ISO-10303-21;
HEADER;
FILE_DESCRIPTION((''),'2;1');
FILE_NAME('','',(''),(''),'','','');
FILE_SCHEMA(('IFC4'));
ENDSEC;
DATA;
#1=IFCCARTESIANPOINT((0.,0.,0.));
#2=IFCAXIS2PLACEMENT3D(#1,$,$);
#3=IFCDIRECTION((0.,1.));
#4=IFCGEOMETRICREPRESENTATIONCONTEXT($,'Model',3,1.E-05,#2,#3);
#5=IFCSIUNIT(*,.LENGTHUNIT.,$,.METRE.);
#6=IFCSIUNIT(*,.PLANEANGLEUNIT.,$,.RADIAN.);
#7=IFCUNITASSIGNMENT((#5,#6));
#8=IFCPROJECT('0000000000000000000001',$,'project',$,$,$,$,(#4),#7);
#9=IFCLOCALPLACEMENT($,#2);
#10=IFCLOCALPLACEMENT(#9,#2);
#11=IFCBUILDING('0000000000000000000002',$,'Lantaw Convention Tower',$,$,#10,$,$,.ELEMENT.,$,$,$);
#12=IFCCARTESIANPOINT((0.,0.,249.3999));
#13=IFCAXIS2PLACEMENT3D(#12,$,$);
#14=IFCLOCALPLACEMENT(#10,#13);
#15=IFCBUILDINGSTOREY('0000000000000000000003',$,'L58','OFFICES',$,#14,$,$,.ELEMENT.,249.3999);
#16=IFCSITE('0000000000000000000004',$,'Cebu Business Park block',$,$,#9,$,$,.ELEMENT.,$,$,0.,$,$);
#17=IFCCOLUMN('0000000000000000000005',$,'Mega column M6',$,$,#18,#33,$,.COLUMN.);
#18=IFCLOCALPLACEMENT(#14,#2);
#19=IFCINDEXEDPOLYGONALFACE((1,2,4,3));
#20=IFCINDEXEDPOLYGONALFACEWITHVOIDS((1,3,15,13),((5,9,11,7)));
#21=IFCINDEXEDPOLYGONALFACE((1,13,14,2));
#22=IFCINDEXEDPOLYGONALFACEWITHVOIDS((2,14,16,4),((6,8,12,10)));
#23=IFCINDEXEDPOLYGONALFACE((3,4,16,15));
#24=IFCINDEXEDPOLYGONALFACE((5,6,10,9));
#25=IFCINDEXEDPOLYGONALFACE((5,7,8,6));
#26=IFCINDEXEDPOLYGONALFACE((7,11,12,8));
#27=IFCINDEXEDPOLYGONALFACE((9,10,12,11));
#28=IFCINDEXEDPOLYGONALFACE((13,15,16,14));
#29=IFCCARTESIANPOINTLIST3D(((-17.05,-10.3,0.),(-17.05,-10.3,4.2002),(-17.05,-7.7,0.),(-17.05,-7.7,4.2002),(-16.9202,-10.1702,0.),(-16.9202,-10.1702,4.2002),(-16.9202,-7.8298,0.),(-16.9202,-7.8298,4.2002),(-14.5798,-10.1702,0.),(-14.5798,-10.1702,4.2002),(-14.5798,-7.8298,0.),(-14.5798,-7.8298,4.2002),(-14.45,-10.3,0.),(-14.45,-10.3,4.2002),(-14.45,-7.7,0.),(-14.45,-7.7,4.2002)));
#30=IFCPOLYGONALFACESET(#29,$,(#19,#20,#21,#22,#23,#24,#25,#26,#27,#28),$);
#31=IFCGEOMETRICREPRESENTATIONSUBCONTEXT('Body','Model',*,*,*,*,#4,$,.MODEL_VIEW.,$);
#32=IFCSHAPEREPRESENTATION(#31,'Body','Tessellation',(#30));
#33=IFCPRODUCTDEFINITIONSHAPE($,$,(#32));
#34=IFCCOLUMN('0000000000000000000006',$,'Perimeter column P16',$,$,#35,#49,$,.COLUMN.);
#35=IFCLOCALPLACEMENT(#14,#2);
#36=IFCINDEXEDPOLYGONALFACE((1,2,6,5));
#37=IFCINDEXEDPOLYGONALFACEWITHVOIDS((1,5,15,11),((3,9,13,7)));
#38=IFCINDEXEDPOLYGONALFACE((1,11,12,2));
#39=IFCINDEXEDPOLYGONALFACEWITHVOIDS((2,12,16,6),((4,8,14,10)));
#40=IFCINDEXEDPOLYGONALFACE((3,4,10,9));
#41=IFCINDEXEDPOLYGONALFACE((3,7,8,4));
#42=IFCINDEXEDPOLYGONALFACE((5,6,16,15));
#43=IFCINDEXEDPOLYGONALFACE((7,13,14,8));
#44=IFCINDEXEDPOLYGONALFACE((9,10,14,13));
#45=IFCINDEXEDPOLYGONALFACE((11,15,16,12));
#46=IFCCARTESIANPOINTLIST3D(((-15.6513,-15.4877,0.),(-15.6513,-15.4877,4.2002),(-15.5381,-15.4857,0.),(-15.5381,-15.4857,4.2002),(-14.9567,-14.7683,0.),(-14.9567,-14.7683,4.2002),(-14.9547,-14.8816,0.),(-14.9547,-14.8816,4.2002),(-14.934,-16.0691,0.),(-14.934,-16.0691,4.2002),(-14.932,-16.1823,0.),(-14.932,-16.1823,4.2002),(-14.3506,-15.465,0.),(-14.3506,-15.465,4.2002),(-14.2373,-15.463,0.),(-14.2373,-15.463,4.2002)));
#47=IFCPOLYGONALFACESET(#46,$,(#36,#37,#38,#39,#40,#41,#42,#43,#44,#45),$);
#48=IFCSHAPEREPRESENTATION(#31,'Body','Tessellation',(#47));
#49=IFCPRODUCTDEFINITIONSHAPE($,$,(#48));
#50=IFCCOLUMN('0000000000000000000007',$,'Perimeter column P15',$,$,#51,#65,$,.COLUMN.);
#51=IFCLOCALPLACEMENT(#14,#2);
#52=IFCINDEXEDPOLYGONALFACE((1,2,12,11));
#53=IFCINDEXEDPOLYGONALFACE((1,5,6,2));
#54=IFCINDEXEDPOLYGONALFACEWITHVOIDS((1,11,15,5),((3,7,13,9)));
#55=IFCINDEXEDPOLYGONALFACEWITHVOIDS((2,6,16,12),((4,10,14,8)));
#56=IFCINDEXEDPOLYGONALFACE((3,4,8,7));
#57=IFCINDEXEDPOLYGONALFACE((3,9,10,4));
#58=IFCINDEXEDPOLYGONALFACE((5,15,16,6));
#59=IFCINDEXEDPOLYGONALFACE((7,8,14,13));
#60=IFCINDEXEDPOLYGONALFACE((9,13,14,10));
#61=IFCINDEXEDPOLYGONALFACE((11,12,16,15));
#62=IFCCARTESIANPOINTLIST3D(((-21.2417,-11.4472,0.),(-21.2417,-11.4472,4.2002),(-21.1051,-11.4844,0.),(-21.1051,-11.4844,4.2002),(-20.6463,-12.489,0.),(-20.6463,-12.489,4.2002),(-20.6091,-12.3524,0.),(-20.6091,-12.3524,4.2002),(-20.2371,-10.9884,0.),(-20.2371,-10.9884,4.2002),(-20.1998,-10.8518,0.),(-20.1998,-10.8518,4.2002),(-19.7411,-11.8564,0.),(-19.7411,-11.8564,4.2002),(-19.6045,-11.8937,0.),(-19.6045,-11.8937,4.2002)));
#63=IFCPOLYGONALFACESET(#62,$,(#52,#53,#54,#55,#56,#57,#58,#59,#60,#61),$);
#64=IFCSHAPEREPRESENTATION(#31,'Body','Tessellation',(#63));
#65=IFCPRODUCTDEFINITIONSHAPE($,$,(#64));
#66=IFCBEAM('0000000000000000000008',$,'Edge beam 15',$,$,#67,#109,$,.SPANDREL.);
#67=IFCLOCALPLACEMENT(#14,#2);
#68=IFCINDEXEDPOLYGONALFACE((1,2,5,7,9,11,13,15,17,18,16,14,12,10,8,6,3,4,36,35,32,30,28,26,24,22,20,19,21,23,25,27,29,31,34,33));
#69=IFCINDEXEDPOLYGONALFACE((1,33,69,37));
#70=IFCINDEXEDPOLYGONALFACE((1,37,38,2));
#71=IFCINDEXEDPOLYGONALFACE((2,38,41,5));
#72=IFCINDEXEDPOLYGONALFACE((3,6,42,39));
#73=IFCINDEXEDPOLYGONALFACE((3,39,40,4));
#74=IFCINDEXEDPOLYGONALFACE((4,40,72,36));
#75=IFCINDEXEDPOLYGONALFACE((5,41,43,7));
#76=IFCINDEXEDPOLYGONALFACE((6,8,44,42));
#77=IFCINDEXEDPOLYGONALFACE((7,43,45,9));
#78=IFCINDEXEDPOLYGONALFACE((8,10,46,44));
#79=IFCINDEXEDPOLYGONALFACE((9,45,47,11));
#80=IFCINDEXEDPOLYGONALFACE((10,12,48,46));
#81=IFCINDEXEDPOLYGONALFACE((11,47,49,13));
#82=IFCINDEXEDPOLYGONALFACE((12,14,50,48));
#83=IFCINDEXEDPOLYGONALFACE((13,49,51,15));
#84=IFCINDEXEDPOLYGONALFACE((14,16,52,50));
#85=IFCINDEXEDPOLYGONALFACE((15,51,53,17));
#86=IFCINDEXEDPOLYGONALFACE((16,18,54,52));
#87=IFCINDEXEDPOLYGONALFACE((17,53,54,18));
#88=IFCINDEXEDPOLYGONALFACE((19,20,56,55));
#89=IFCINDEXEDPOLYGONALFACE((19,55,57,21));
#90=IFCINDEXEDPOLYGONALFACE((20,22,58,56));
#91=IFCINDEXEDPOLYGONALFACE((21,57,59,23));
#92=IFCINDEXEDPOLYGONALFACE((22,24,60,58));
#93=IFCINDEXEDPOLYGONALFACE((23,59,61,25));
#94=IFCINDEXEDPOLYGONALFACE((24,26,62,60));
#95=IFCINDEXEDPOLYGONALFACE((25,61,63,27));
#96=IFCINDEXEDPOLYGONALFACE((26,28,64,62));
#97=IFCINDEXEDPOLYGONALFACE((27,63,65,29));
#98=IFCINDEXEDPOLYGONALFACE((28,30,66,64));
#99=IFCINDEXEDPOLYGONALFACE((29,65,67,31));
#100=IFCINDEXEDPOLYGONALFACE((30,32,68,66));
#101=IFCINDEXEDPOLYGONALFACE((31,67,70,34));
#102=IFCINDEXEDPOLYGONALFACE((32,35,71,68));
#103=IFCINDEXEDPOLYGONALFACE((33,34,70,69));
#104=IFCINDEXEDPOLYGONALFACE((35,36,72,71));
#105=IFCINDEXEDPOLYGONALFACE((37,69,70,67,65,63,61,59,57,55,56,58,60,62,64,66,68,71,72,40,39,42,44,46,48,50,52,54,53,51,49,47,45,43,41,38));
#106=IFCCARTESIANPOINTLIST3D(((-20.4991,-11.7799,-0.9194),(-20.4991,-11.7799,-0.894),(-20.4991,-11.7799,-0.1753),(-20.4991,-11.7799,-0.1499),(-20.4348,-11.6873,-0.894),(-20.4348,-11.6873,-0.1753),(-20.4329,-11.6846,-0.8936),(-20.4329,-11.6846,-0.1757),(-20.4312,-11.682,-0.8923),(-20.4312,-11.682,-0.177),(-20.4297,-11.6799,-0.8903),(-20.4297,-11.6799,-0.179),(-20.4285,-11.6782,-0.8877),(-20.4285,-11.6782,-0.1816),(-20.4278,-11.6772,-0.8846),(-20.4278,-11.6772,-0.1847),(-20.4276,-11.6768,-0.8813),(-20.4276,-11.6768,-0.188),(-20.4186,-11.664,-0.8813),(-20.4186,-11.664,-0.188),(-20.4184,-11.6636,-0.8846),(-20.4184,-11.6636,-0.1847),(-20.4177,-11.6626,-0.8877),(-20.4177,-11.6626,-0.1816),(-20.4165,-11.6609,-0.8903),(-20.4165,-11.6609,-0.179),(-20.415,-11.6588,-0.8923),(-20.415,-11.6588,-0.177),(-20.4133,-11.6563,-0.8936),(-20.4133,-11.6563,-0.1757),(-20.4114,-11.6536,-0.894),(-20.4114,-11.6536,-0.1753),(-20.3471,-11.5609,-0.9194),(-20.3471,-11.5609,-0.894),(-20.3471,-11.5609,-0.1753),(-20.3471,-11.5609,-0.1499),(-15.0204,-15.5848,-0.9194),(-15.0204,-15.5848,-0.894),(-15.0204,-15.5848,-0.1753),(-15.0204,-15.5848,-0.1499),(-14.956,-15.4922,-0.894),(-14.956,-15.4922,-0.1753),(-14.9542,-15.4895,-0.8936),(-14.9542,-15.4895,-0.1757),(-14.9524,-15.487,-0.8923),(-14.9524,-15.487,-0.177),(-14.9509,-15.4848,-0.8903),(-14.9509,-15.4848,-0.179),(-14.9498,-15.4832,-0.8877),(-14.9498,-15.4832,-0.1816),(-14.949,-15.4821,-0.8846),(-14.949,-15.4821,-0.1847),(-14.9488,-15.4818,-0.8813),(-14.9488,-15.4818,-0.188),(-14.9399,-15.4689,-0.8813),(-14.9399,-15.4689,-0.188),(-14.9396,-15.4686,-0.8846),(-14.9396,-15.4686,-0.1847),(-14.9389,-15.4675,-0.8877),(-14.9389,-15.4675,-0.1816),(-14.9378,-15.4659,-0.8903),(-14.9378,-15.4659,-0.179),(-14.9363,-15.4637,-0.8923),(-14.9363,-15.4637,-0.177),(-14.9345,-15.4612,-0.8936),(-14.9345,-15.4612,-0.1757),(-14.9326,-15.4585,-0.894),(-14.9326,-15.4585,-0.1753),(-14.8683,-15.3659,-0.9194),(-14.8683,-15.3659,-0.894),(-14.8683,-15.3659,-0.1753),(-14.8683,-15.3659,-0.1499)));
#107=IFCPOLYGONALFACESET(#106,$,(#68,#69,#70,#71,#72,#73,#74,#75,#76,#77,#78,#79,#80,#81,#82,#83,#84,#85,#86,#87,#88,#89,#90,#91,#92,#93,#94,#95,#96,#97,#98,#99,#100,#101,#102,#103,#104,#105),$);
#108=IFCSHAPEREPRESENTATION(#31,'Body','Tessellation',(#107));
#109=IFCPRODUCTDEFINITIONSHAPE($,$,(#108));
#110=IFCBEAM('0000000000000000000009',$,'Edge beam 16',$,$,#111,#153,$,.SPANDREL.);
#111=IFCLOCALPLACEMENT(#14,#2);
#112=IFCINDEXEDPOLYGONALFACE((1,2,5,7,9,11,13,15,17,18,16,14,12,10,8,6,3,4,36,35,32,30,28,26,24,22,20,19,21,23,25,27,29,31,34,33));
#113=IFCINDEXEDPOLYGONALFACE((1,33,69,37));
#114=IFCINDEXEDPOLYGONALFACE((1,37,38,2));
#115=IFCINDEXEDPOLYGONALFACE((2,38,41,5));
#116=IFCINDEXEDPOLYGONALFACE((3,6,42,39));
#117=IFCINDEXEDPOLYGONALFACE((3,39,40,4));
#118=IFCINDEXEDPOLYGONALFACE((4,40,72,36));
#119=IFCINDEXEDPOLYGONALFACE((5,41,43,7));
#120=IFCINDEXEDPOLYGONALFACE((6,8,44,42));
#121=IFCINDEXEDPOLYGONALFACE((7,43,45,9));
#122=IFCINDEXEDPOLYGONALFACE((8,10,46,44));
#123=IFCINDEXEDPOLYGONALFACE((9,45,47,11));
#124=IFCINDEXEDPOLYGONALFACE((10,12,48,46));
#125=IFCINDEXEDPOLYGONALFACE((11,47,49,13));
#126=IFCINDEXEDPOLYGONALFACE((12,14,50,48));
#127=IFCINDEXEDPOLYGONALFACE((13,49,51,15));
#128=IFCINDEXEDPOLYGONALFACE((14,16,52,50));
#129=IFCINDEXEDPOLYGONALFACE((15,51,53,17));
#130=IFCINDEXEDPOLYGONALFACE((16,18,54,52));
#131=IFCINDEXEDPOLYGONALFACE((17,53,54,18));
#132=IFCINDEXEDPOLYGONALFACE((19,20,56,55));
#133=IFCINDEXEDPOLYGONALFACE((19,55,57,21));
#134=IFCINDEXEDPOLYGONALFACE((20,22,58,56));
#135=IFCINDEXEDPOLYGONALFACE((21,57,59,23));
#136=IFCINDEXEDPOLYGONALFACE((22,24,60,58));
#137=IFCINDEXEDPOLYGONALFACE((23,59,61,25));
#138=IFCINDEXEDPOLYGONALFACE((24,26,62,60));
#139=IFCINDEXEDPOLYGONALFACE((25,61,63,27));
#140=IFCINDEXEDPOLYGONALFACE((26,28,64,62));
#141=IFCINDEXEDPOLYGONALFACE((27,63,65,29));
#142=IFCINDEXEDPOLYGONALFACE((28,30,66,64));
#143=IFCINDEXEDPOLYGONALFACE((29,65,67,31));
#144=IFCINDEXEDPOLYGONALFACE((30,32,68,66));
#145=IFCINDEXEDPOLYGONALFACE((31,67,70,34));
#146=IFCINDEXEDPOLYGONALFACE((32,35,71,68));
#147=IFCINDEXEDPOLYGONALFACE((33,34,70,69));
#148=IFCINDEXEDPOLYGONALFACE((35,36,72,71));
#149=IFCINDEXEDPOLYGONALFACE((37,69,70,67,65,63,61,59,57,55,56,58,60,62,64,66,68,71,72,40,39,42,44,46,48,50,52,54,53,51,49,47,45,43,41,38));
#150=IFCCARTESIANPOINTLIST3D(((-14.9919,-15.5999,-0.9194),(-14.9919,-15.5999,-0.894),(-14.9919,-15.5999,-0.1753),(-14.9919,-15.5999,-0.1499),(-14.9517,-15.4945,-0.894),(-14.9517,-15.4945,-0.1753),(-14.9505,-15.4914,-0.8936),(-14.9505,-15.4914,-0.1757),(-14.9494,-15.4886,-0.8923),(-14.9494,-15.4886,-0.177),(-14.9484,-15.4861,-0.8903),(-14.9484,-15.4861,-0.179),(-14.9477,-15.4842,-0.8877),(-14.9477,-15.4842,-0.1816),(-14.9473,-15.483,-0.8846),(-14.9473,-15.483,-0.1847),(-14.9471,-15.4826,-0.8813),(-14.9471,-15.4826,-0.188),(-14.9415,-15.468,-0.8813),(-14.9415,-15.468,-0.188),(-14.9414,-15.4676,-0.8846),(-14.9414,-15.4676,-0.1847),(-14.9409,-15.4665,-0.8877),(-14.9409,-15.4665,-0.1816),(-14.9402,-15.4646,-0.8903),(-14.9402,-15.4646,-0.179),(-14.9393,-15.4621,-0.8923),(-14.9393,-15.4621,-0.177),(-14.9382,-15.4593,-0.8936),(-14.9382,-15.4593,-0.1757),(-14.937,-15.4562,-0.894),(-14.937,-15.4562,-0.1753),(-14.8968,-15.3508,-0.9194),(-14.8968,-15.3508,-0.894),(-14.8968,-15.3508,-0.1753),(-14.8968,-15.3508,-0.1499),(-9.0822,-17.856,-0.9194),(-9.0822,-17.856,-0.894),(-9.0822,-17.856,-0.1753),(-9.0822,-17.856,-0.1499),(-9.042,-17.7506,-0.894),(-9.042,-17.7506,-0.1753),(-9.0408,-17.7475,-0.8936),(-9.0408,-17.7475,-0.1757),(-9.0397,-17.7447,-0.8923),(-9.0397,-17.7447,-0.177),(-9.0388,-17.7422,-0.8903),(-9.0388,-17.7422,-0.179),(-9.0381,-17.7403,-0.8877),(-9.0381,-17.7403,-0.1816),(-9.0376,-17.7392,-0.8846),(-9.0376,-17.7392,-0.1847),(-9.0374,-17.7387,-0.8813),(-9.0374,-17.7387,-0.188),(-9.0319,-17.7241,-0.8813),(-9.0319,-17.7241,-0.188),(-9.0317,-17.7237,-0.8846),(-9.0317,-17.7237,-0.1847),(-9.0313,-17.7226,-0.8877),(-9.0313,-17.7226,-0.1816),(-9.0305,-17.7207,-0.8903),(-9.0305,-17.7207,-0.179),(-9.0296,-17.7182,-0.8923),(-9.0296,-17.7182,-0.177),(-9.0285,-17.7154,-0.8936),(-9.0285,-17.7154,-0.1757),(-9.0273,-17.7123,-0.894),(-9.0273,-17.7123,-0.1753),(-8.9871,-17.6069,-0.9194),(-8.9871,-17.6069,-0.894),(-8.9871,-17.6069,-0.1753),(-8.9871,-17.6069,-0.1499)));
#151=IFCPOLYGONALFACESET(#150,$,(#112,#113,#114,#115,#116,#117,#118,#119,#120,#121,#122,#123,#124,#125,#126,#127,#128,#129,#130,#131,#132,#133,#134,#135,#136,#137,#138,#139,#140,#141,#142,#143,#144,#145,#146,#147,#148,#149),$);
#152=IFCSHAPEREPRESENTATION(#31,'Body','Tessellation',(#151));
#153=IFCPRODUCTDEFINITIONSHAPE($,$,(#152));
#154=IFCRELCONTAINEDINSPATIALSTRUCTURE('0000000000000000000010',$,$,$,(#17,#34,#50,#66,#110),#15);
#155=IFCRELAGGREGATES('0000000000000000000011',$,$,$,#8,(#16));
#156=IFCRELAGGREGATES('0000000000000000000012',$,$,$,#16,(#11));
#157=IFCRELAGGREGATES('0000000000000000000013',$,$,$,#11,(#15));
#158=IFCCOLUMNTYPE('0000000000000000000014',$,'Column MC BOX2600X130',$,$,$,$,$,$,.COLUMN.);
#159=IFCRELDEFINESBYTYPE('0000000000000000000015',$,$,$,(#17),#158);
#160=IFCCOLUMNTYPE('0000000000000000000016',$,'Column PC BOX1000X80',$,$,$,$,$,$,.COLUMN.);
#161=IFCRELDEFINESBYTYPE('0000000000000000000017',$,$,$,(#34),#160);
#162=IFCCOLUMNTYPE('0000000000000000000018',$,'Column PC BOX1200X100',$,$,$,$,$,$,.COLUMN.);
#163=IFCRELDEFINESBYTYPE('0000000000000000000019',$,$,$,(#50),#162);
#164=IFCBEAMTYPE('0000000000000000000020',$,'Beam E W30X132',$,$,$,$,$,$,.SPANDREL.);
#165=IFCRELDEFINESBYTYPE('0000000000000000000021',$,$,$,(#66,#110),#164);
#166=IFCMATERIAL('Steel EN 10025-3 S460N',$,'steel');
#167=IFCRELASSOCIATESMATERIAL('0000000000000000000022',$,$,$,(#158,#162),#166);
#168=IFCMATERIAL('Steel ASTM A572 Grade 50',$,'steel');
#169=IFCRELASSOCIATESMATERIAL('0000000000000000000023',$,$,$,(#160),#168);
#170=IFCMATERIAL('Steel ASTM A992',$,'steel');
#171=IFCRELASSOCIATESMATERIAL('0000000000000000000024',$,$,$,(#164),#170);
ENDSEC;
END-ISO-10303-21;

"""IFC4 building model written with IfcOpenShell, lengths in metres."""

from ifc_helpers import new_model, si_unit, direction, frame, origin, origin_2d, place, context, subcontext, project, spatial, rectangle, hollow_rectangle, i_section, extrude, material, material_profile, profile_set, type_object, element, save


model = new_model("IFC4")

# Units and contexts
model_context = context("Model", 3, precision=1e-05, world=origin(), true_north=direction((0.0, 1.0)))
body_context = subcontext(model_context, "Body", "Model", "MODEL_VIEW")
ifc_project = project(units=[si_unit("LENGTHUNIT", "METRE"), si_unit("PLANEANGLEUNIT", "RADIAN")], contexts=[model_context])

# Site, building, storey
site_placement = place(None, origin())
site = spatial("IfcSite", under=ifc_project, at=site_placement, Name="Cebu Business Park block", CompositionType="ELEMENT", RefElevation=0.0)
building_placement = place(site_placement, origin())
building = spatial("IfcBuilding", under=site, at=building_placement, Name="Lantaw Convention Tower", CompositionType="ELEMENT")
storey_placement = place(building_placement, frame((0.0, 0.0, 249.3999)))
storey = spatial("IfcBuildingStorey", under=building, at=storey_placement, Name="L58", Description="OFFICES", CompositionType="ELEMENT", Elevation=249.3999)

# Columns
ifc_material_1 = material(Name="Steel EN 10025-3 S460N", Category="steel")
ifc_material_profile_1 = material_profile(ifc_material_1, hollow_rectangle(XDim=2.6001, YDim=2.6001, WallThickness=0.1299, at=origin_2d()), Name="BOX2600X130")
ifc_material_2 = material(Name="Concrete C60/75", Category="concrete")
ifc_material_profile_2 = material_profile(ifc_material_2, rectangle(XDim=2.3401, YDim=2.3401, at=origin_2d()), Name="Concrete fill of BOX2600X130")
ifc_profile_set_1 = profile_set([ifc_material_profile_1, ifc_material_profile_2], Name="Steel EN 10025-3 S460N")
column_type_1 = type_object("IfcColumnType", Name="Column MC BOX2600X130", PredefinedType="COLUMN", material=ifc_profile_set_1)
column_1_placement = place(storey_placement, frame((-15.75, -9.0, 0.0), z_axis=(0.0, 0.0, 1.0), x_axis=(1.0, 0.0, 0.0)))
element("IfcColumn", 1, at=column_1_placement, inside=storey, type_object=column_type_1, Name="Mega column M6", PredefinedType="COLUMN", context=body_context, shape_type="SweptSolid", body=[
    extrude(hollow_rectangle(XDim=2.6001, YDim=2.6001, WallThickness=0.1299, at=origin_2d()), origin(), (0.0, 0.0, 1.0), 4.2002),
])
ifc_material_3 = material(Name="Steel ASTM A572 Grade 50", Category="steel")
ifc_material_profile_3 = material_profile(ifc_material_3, hollow_rectangle(XDim=1.0, YDim=1.0, WallThickness=0.0801, at=origin_2d()), Name="BOX1000X80")
ifc_material_profile_4 = material_profile(ifc_material_2, rectangle(XDim=0.8401, YDim=0.8401, at=origin_2d()), Name="Concrete fill of BOX1000X80")
ifc_profile_set_2 = profile_set([ifc_material_profile_3, ifc_material_profile_4], Name="Steel ASTM A572 Grade 50")
column_type_2 = type_object("IfcColumnType", Name="Column PC BOX1000X80", PredefinedType="COLUMN", material=ifc_profile_set_2)
column_2_placement = place(storey_placement, frame((-14.9443, -15.4753, 0.0), z_axis=(0.0, 0.0, 1.0), x_axis=(0.694658, 0.71934, 0.0)))
element("IfcColumn", 2, at=column_2_placement, inside=storey, type_object=column_type_2, Name="Perimeter column P16", PredefinedType="COLUMN", context=body_context, shape_type="SweptSolid", body=[
    extrude(hollow_rectangle(XDim=1.0, YDim=1.0, WallThickness=0.0801, at=origin_2d()), origin(), (0.0, 0.0, 1.0), 4.2002),
])
ifc_material_profile_5 = material_profile(ifc_material_1, hollow_rectangle(XDim=1.2, YDim=1.2, WallThickness=0.1001, at=origin_2d()), Name="BOX1200X100")
ifc_material_profile_6 = material_profile(ifc_material_2, rectangle(XDim=1.0, YDim=1.0, at=origin_2d()), Name="Concrete fill of BOX1200X100")
ifc_profile_set_3 = profile_set([ifc_material_profile_5, ifc_material_profile_6], Name="Steel EN 10025-3 S460N")
column_type_3 = type_object("IfcColumnType", Name="Column PC BOX1200X100", PredefinedType="COLUMN", material=ifc_profile_set_3)
column_3_placement = place(storey_placement, frame((-20.4231, -11.6704, 0.0), z_axis=(0.0, 0.0, 1.0), x_axis=(0.868243, 0.496139, 0.0)))
element("IfcColumn", 3, at=column_3_placement, inside=storey, type_object=column_type_3, Name="Perimeter column P15", PredefinedType="COLUMN", context=body_context, shape_type="SweptSolid", body=[
    extrude(hollow_rectangle(XDim=1.2, YDim=1.2, WallThickness=0.1001, at=origin_2d()), origin(), (0.0, 0.0, 1.0), 4.2002),
])

# Beams
ifc_material_4 = material(Name="Steel ASTM A992", Category="steel")
ifc_material_profile_7 = material_profile(ifc_material_4, i_section(OverallWidth=0.2666, OverallDepth=0.7695, WebThickness=0.0156, FlangeThickness=0.0254, FilletRadius=0.0127, at=origin_2d()), Name="W30X132")
ifc_profile_set_4 = profile_set([ifc_material_profile_7], Name="Steel ASTM A992")
beam_type_1 = type_object("IfcBeamType", Name="Beam E W30X132", PredefinedType="SPANDREL", material=ifc_profile_set_4)
beam_1_placement = place(storey_placement, frame((-20.4231, -11.6704, -0.5347), z_axis=(0.821353, -0.57042, 0.0), x_axis=(0.57042, 0.821353, 0.0)))
element("IfcBeam", 4, at=beam_1_placement, inside=storey, type_object=beam_type_1, Name="Edge beam 15", PredefinedType="SPANDREL", context=body_context, shape_type="SweptSolid", body=[
    extrude(i_section(OverallWidth=0.2666, OverallDepth=0.7695, WebThickness=0.0156, FlangeThickness=0.0254, FilletRadius=0.0127, at=origin_2d()), origin(), (0.0, 0.0, 1.0), 6.6704),
])
beam_2_placement = place(storey_placement, frame((-14.9443, -15.4753, -0.5347), z_axis=(0.934235, -0.356658, 0.0), x_axis=(0.356658, 0.934235, 0.0)))
element("IfcBeam", 5, at=beam_2_placement, inside=storey, type_object=beam_type_1, Name="Edge beam 16", PredefinedType="SPANDREL", context=body_context, shape_type="SweptSolid", body=[
    extrude(i_section(OverallWidth=0.2666, OverallDepth=0.7695, WebThickness=0.0156, FlangeThickness=0.0254, FilletRadius=0.0127, at=origin_2d()), origin(), (0.0, 0.0, 1.0), 6.3257),
])

save(model, "model.ifc")
